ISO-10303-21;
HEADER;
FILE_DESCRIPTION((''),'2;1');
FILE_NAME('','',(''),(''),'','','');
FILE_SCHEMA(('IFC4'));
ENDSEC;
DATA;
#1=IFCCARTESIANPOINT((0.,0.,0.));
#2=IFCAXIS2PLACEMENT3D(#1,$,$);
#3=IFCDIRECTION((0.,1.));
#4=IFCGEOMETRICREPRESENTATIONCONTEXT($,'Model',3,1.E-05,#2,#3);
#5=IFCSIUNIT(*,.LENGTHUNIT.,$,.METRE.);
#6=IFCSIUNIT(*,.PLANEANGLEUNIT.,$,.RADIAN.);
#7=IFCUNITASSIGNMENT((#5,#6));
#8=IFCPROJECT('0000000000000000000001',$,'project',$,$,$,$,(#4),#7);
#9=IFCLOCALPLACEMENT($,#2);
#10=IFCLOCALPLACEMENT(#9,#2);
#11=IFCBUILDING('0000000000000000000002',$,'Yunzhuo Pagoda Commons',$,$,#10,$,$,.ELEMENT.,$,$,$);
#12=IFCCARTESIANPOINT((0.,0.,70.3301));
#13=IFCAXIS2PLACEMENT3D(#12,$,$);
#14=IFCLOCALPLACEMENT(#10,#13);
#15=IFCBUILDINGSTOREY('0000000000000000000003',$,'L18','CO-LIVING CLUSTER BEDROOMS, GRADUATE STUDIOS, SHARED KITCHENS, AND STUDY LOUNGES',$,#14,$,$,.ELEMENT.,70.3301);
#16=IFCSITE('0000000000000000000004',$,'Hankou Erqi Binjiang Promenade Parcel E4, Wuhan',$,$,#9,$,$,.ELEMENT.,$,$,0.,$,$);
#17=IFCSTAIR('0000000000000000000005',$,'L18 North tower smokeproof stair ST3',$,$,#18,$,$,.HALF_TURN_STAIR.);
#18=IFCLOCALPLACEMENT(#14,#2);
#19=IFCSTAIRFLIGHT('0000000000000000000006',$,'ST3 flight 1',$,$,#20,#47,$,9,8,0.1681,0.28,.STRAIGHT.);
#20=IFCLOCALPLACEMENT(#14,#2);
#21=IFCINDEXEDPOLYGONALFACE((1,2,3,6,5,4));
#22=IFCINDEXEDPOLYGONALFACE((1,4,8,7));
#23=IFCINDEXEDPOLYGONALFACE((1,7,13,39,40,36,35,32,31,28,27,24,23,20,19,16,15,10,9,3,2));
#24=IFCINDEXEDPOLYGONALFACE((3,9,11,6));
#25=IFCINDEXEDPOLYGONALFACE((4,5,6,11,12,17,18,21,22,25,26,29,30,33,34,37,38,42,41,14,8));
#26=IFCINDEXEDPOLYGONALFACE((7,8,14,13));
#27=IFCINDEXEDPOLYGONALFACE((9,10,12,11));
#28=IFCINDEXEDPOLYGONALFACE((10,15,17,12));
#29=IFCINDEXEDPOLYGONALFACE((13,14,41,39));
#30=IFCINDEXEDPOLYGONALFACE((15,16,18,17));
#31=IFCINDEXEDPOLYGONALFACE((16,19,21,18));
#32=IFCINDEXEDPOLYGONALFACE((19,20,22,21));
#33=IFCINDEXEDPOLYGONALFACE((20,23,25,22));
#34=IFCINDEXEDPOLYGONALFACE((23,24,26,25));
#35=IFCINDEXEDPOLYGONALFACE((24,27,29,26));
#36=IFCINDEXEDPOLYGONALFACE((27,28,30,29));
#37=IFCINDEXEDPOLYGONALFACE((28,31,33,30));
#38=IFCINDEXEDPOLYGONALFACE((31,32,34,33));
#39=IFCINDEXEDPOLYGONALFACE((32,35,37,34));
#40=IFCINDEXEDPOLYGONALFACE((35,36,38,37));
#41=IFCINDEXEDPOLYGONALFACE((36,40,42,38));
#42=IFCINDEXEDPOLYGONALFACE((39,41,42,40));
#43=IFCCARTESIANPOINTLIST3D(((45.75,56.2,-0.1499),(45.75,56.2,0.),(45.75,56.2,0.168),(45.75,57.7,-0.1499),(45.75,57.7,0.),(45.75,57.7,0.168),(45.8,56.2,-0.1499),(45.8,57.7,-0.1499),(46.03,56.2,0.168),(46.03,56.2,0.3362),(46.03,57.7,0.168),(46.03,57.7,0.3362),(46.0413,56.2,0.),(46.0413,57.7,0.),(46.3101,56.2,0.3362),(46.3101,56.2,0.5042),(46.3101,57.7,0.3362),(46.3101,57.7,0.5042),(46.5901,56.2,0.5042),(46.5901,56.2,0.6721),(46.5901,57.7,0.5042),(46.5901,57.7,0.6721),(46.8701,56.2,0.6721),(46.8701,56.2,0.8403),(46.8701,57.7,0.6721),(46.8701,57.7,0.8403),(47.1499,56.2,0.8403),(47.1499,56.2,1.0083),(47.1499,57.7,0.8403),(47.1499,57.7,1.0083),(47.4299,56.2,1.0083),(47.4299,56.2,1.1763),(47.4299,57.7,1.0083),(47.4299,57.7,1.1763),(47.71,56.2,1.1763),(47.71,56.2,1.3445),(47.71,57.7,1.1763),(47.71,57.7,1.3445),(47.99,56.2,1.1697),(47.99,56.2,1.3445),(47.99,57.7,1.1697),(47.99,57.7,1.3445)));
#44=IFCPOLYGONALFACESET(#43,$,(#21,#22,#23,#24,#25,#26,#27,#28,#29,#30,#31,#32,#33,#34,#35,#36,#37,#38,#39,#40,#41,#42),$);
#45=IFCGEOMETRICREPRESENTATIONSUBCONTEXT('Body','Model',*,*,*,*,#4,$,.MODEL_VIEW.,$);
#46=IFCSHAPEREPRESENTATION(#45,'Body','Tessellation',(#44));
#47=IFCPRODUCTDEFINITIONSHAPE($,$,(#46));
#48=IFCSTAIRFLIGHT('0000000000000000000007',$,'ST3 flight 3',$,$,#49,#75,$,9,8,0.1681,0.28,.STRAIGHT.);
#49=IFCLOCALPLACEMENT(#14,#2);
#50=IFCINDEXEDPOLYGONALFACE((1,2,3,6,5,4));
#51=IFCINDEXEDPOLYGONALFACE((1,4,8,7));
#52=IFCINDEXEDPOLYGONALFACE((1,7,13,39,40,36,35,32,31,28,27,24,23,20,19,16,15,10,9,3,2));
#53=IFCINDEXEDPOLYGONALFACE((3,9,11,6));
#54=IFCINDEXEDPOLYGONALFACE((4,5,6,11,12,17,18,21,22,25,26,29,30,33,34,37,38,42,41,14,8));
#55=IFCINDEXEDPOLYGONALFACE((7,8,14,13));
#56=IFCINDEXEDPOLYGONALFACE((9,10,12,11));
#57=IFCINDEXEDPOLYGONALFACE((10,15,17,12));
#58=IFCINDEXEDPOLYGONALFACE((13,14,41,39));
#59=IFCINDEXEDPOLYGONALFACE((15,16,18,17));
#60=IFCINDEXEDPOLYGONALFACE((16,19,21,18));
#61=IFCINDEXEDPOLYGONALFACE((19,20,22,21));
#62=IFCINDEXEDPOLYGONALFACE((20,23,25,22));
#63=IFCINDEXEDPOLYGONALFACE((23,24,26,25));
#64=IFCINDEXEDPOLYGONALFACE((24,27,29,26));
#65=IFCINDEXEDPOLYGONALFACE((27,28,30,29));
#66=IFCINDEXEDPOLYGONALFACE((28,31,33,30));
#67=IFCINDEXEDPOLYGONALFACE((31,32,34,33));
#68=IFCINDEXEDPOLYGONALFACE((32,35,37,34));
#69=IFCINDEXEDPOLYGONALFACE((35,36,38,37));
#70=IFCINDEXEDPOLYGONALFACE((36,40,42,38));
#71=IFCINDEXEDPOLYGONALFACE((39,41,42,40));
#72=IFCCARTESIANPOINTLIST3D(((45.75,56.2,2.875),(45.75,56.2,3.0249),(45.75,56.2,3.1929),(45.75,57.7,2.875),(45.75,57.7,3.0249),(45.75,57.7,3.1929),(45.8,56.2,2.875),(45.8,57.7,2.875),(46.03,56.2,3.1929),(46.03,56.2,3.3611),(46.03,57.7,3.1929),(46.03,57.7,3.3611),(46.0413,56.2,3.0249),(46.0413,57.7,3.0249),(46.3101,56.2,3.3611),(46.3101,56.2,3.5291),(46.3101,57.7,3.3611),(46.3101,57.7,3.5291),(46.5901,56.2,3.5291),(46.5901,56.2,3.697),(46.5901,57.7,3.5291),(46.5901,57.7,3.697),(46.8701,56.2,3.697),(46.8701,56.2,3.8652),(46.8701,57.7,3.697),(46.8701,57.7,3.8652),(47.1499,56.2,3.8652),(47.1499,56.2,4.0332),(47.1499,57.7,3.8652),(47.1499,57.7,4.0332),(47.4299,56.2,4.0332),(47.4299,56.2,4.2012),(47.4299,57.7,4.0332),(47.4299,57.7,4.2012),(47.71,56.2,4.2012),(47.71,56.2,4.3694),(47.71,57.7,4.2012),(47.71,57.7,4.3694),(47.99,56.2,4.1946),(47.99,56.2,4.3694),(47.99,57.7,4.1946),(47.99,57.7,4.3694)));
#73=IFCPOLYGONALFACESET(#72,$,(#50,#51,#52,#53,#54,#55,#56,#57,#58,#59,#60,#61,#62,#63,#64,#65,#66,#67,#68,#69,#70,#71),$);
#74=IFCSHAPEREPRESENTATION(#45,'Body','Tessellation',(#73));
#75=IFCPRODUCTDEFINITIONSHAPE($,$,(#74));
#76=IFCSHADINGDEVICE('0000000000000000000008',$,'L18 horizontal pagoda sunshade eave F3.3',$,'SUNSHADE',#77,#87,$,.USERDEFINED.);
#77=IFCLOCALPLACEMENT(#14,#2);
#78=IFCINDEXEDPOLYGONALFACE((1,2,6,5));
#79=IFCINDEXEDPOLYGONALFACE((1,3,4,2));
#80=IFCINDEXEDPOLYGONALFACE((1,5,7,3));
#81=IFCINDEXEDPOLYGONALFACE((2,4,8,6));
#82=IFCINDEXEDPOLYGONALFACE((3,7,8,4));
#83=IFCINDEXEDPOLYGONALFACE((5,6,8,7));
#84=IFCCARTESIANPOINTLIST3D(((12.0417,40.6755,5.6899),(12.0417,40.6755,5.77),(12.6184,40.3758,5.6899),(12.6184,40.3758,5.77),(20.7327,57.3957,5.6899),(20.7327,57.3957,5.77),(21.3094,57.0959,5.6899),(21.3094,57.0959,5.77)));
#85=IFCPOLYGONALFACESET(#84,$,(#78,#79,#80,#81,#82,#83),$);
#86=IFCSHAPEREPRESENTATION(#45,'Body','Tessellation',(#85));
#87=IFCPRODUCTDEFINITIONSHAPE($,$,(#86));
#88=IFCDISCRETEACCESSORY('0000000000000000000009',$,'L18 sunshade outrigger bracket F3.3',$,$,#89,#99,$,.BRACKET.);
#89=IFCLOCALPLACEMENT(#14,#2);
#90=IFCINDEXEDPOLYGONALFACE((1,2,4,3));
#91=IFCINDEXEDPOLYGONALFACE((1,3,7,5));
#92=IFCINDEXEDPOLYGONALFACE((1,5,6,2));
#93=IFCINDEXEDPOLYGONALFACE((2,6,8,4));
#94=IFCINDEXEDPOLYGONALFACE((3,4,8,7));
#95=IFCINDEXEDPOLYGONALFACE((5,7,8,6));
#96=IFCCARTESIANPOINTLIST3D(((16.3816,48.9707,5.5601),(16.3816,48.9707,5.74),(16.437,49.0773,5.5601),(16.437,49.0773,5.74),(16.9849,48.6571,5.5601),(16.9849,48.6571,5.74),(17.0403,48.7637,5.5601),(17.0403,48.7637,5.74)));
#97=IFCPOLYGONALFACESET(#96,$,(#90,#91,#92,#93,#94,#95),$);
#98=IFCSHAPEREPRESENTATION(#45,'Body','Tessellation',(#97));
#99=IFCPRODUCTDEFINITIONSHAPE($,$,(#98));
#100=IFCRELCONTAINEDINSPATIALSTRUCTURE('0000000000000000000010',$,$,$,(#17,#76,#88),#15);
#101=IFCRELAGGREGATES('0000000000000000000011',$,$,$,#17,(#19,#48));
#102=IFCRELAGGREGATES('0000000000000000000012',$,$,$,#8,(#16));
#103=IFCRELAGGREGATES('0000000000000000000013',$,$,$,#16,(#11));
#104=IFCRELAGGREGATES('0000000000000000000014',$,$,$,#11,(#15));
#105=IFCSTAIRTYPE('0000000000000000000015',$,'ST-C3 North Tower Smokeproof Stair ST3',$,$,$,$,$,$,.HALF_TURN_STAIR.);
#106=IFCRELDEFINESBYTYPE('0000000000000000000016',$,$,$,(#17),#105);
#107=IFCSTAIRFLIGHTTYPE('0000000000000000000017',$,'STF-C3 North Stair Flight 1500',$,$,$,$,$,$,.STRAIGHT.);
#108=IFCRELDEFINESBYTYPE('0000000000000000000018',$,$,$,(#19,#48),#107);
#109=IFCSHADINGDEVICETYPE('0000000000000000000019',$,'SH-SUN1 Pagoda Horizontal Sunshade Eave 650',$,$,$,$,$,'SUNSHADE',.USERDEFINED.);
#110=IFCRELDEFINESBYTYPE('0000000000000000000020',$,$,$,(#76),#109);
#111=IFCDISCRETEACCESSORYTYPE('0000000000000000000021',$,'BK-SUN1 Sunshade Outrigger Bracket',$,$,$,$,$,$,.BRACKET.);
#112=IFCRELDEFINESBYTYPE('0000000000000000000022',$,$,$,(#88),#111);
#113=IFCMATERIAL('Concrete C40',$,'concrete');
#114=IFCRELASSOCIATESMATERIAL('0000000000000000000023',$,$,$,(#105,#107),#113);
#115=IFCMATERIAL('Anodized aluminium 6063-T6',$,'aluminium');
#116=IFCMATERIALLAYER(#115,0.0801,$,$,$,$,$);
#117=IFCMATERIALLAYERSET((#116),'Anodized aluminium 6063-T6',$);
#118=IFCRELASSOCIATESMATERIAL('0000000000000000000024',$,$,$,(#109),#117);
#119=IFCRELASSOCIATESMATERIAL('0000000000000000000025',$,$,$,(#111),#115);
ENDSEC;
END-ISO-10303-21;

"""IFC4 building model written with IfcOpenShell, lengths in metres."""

from ifc_helpers import new_model, si_unit, direction, frame, origin, origin_2d, place, context, subcontext, project, spatial, polyline, rectangle, outline, extrude, source, transform, mapped, material, layer, layer_set, type_object, element, aggregate, save


model = new_model("IFC4")

# Units and contexts
model_context = context("Model", 3, precision=1e-05, world=origin(), true_north=direction((0.0, 1.0)))
body_context = subcontext(model_context, "Body", "Model", "MODEL_VIEW")
ifc_project = project(units=[si_unit("LENGTHUNIT", "METRE"), si_unit("PLANEANGLEUNIT", "RADIAN")], contexts=[model_context])

# Site, building, storey
site_placement = place(None, origin())
site = spatial("IfcSite", under=ifc_project, at=site_placement, Name="Hankou Erqi Binjiang Promenade Parcel E4, Wuhan", CompositionType="ELEMENT", RefElevation=0.0)
building_placement = place(site_placement, origin())
building = spatial("IfcBuilding", under=site, at=building_placement, Name="Yunzhuo Pagoda Commons", CompositionType="ELEMENT")
storey_placement = place(building_placement, frame((0.0, 0.0, 70.3301)))
storey = spatial("IfcBuildingStorey", under=building, at=storey_placement, Name="L18", Description="CO-LIVING CLUSTER BEDROOMS, GRADUATE STUDIOS, SHARED KITCHENS, AND STUDY LOUNGES", CompositionType="ELEMENT", Elevation=70.3301)

# Shared definitions
ifc_material_1 = material(Name="Anodized aluminium 6063-T6", Category="aluminium")

# Stair, stair flights
ifc_material_2 = material(Name="Concrete C40", Category="concrete")
stair_type = type_object("IfcStairType", Name="ST-C3 North Tower Smokeproof Stair ST3", PredefinedType="HALF_TURN_STAIR", material=ifc_material_2)
stair_placement = place(storey_placement, origin())
stair = element("IfcStair", 1, at=stair_placement, inside=storey, type_object=stair_type, Name="L18 North tower smokeproof stair ST3", PredefinedType="HALF_TURN_STAIR")
stair_flight_type = type_object("IfcStairFlightType", Name="STF-C3 North Stair Flight 1500", PredefinedType="STRAIGHT", material=ifc_material_2)
shared_shape_1 = source(origin(), body_context, "Body", "SweptSolid", [
    extrude(outline(polyline([(0.0, -0.1499), (0.0, 0.0), (0.0, 0.168), (0.28, 0.168), (0.28, 0.3362), (0.5601, 0.3362), (0.5601, 0.5042), (0.8401, 0.5042), (0.8401, 0.6721), (1.1201, 0.6721), (1.1201, 0.8403), (1.3999, 0.8403), (1.3999, 1.0083), (1.6799, 1.0083), (1.6799, 1.1763), (1.96, 1.1763), (1.96, 1.3445), (2.24, 1.3445), (2.24, 1.5125), (2.24, 1.1697), (0.2913, 0.0), (0.05, -0.1499), (0.0, -0.1499)])), frame((0.0, 0.75, 0.0), z_axis=(0.0, -1.0, 0.0), x_axis=(1.0, 0.0, 0.0)), (0.0, 0.0, 1.0), 1.5),
])
stair_flight_1_placement = place(storey_placement, frame((45.75, 56.95, 0.0), z_axis=(0.0, 0.0, 1.0), x_axis=(1.0, 0.0, 0.0)))
stair_flight_1 = element("IfcStairFlight", 2, at=stair_flight_1_placement, type_object=stair_flight_type, Name="ST3 flight 1", NumberOfRisers=9, NumberOfTreads=8, PredefinedType="STRAIGHT", RiserHeight=0.1681, TreadLength=0.28, context=body_context, shape_type="MappedRepresentation", body=[
    mapped(shared_shape_1, transform((0.0, 0.0, 0.0), scale=1.0)),
])
stair_flight_2_placement = place(storey_placement, frame((45.75, 56.95, 3.0249), z_axis=(0.0, 0.0, 1.0), x_axis=(1.0, 0.0, 0.0)))
stair_flight_2 = element("IfcStairFlight", 3, at=stair_flight_2_placement, type_object=stair_flight_type, Name="ST3 flight 3", NumberOfRisers=9, NumberOfTreads=8, PredefinedType="STRAIGHT", RiserHeight=0.1681, TreadLength=0.28, context=body_context, shape_type="MappedRepresentation", body=[
    mapped(shared_shape_1, transform((0.0, 0.0, 0.0), scale=1.0)),
])
aggregate(stair, [stair_flight_1, stair_flight_2])

# Shading device
ifc_layer_1 = layer(ifc_material_1, 0.0801)
ifc_layer_set_1 = layer_set([ifc_layer_1], Name="Anodized aluminium 6063-T6")
shading_device_type = type_object("IfcShadingDeviceType", Name="SH-SUN1 Pagoda Horizontal Sunshade Eave 650", ElementType="SUNSHADE", PredefinedType="USERDEFINED", material=ifc_layer_set_1)
shared_shape_2 = source(origin(), body_context, "Body", "SweptSolid", [
    extrude(rectangle(XDim=18.844, YDim=0.6499, at=origin_2d()), origin(), (0.0, 0.0, 1.0), 0.0801),
])
shading_device_placement = place(storey_placement, frame((16.6755, 48.8857, 5.6899), z_axis=(0.0, 0.0, 1.0), x_axis=(-0.461207, -0.887293, 0.0)))
element("IfcShadingDevice", 4, at=shading_device_placement, inside=storey, type_object=shading_device_type, Name="L18 horizontal pagoda sunshade eave F3.3", ObjectType="SUNSHADE", PredefinedType="USERDEFINED", context=body_context, shape_type="MappedRepresentation", body=[
    mapped(shared_shape_2, transform((0.0, 0.0, 0.0), scale=1.0)),
])

# Discrete accessory
discrete_accessory_type = type_object("IfcDiscreteAccessoryType", Name="BK-SUN1 Sunshade Outrigger Bracket", PredefinedType="BRACKET", material=ifc_material_1)
shared_shape_3 = source(origin(), body_context, "Body", "SweptSolid", [
    extrude(rectangle(XDim=0.1201, YDim=0.6799, at=origin_2d()), origin(), (0.0, 0.0, 1.0), 0.1799),
])
discrete_accessory_placement = place(storey_placement, frame((16.7109, 48.8672, 5.5601), z_axis=(0.0, 0.0, 1.0), x_axis=(-0.461207, -0.887293, 0.0)))
element("IfcDiscreteAccessory", 5, at=discrete_accessory_placement, inside=storey, type_object=discrete_accessory_type, Name="L18 sunshade outrigger bracket F3.3", PredefinedType="BRACKET", context=body_context, shape_type="MappedRepresentation", body=[
    mapped(shared_shape_3, transform((0.0, 0.0, 0.0), scale=1.0)),
])

save(model, "model.ifc")
